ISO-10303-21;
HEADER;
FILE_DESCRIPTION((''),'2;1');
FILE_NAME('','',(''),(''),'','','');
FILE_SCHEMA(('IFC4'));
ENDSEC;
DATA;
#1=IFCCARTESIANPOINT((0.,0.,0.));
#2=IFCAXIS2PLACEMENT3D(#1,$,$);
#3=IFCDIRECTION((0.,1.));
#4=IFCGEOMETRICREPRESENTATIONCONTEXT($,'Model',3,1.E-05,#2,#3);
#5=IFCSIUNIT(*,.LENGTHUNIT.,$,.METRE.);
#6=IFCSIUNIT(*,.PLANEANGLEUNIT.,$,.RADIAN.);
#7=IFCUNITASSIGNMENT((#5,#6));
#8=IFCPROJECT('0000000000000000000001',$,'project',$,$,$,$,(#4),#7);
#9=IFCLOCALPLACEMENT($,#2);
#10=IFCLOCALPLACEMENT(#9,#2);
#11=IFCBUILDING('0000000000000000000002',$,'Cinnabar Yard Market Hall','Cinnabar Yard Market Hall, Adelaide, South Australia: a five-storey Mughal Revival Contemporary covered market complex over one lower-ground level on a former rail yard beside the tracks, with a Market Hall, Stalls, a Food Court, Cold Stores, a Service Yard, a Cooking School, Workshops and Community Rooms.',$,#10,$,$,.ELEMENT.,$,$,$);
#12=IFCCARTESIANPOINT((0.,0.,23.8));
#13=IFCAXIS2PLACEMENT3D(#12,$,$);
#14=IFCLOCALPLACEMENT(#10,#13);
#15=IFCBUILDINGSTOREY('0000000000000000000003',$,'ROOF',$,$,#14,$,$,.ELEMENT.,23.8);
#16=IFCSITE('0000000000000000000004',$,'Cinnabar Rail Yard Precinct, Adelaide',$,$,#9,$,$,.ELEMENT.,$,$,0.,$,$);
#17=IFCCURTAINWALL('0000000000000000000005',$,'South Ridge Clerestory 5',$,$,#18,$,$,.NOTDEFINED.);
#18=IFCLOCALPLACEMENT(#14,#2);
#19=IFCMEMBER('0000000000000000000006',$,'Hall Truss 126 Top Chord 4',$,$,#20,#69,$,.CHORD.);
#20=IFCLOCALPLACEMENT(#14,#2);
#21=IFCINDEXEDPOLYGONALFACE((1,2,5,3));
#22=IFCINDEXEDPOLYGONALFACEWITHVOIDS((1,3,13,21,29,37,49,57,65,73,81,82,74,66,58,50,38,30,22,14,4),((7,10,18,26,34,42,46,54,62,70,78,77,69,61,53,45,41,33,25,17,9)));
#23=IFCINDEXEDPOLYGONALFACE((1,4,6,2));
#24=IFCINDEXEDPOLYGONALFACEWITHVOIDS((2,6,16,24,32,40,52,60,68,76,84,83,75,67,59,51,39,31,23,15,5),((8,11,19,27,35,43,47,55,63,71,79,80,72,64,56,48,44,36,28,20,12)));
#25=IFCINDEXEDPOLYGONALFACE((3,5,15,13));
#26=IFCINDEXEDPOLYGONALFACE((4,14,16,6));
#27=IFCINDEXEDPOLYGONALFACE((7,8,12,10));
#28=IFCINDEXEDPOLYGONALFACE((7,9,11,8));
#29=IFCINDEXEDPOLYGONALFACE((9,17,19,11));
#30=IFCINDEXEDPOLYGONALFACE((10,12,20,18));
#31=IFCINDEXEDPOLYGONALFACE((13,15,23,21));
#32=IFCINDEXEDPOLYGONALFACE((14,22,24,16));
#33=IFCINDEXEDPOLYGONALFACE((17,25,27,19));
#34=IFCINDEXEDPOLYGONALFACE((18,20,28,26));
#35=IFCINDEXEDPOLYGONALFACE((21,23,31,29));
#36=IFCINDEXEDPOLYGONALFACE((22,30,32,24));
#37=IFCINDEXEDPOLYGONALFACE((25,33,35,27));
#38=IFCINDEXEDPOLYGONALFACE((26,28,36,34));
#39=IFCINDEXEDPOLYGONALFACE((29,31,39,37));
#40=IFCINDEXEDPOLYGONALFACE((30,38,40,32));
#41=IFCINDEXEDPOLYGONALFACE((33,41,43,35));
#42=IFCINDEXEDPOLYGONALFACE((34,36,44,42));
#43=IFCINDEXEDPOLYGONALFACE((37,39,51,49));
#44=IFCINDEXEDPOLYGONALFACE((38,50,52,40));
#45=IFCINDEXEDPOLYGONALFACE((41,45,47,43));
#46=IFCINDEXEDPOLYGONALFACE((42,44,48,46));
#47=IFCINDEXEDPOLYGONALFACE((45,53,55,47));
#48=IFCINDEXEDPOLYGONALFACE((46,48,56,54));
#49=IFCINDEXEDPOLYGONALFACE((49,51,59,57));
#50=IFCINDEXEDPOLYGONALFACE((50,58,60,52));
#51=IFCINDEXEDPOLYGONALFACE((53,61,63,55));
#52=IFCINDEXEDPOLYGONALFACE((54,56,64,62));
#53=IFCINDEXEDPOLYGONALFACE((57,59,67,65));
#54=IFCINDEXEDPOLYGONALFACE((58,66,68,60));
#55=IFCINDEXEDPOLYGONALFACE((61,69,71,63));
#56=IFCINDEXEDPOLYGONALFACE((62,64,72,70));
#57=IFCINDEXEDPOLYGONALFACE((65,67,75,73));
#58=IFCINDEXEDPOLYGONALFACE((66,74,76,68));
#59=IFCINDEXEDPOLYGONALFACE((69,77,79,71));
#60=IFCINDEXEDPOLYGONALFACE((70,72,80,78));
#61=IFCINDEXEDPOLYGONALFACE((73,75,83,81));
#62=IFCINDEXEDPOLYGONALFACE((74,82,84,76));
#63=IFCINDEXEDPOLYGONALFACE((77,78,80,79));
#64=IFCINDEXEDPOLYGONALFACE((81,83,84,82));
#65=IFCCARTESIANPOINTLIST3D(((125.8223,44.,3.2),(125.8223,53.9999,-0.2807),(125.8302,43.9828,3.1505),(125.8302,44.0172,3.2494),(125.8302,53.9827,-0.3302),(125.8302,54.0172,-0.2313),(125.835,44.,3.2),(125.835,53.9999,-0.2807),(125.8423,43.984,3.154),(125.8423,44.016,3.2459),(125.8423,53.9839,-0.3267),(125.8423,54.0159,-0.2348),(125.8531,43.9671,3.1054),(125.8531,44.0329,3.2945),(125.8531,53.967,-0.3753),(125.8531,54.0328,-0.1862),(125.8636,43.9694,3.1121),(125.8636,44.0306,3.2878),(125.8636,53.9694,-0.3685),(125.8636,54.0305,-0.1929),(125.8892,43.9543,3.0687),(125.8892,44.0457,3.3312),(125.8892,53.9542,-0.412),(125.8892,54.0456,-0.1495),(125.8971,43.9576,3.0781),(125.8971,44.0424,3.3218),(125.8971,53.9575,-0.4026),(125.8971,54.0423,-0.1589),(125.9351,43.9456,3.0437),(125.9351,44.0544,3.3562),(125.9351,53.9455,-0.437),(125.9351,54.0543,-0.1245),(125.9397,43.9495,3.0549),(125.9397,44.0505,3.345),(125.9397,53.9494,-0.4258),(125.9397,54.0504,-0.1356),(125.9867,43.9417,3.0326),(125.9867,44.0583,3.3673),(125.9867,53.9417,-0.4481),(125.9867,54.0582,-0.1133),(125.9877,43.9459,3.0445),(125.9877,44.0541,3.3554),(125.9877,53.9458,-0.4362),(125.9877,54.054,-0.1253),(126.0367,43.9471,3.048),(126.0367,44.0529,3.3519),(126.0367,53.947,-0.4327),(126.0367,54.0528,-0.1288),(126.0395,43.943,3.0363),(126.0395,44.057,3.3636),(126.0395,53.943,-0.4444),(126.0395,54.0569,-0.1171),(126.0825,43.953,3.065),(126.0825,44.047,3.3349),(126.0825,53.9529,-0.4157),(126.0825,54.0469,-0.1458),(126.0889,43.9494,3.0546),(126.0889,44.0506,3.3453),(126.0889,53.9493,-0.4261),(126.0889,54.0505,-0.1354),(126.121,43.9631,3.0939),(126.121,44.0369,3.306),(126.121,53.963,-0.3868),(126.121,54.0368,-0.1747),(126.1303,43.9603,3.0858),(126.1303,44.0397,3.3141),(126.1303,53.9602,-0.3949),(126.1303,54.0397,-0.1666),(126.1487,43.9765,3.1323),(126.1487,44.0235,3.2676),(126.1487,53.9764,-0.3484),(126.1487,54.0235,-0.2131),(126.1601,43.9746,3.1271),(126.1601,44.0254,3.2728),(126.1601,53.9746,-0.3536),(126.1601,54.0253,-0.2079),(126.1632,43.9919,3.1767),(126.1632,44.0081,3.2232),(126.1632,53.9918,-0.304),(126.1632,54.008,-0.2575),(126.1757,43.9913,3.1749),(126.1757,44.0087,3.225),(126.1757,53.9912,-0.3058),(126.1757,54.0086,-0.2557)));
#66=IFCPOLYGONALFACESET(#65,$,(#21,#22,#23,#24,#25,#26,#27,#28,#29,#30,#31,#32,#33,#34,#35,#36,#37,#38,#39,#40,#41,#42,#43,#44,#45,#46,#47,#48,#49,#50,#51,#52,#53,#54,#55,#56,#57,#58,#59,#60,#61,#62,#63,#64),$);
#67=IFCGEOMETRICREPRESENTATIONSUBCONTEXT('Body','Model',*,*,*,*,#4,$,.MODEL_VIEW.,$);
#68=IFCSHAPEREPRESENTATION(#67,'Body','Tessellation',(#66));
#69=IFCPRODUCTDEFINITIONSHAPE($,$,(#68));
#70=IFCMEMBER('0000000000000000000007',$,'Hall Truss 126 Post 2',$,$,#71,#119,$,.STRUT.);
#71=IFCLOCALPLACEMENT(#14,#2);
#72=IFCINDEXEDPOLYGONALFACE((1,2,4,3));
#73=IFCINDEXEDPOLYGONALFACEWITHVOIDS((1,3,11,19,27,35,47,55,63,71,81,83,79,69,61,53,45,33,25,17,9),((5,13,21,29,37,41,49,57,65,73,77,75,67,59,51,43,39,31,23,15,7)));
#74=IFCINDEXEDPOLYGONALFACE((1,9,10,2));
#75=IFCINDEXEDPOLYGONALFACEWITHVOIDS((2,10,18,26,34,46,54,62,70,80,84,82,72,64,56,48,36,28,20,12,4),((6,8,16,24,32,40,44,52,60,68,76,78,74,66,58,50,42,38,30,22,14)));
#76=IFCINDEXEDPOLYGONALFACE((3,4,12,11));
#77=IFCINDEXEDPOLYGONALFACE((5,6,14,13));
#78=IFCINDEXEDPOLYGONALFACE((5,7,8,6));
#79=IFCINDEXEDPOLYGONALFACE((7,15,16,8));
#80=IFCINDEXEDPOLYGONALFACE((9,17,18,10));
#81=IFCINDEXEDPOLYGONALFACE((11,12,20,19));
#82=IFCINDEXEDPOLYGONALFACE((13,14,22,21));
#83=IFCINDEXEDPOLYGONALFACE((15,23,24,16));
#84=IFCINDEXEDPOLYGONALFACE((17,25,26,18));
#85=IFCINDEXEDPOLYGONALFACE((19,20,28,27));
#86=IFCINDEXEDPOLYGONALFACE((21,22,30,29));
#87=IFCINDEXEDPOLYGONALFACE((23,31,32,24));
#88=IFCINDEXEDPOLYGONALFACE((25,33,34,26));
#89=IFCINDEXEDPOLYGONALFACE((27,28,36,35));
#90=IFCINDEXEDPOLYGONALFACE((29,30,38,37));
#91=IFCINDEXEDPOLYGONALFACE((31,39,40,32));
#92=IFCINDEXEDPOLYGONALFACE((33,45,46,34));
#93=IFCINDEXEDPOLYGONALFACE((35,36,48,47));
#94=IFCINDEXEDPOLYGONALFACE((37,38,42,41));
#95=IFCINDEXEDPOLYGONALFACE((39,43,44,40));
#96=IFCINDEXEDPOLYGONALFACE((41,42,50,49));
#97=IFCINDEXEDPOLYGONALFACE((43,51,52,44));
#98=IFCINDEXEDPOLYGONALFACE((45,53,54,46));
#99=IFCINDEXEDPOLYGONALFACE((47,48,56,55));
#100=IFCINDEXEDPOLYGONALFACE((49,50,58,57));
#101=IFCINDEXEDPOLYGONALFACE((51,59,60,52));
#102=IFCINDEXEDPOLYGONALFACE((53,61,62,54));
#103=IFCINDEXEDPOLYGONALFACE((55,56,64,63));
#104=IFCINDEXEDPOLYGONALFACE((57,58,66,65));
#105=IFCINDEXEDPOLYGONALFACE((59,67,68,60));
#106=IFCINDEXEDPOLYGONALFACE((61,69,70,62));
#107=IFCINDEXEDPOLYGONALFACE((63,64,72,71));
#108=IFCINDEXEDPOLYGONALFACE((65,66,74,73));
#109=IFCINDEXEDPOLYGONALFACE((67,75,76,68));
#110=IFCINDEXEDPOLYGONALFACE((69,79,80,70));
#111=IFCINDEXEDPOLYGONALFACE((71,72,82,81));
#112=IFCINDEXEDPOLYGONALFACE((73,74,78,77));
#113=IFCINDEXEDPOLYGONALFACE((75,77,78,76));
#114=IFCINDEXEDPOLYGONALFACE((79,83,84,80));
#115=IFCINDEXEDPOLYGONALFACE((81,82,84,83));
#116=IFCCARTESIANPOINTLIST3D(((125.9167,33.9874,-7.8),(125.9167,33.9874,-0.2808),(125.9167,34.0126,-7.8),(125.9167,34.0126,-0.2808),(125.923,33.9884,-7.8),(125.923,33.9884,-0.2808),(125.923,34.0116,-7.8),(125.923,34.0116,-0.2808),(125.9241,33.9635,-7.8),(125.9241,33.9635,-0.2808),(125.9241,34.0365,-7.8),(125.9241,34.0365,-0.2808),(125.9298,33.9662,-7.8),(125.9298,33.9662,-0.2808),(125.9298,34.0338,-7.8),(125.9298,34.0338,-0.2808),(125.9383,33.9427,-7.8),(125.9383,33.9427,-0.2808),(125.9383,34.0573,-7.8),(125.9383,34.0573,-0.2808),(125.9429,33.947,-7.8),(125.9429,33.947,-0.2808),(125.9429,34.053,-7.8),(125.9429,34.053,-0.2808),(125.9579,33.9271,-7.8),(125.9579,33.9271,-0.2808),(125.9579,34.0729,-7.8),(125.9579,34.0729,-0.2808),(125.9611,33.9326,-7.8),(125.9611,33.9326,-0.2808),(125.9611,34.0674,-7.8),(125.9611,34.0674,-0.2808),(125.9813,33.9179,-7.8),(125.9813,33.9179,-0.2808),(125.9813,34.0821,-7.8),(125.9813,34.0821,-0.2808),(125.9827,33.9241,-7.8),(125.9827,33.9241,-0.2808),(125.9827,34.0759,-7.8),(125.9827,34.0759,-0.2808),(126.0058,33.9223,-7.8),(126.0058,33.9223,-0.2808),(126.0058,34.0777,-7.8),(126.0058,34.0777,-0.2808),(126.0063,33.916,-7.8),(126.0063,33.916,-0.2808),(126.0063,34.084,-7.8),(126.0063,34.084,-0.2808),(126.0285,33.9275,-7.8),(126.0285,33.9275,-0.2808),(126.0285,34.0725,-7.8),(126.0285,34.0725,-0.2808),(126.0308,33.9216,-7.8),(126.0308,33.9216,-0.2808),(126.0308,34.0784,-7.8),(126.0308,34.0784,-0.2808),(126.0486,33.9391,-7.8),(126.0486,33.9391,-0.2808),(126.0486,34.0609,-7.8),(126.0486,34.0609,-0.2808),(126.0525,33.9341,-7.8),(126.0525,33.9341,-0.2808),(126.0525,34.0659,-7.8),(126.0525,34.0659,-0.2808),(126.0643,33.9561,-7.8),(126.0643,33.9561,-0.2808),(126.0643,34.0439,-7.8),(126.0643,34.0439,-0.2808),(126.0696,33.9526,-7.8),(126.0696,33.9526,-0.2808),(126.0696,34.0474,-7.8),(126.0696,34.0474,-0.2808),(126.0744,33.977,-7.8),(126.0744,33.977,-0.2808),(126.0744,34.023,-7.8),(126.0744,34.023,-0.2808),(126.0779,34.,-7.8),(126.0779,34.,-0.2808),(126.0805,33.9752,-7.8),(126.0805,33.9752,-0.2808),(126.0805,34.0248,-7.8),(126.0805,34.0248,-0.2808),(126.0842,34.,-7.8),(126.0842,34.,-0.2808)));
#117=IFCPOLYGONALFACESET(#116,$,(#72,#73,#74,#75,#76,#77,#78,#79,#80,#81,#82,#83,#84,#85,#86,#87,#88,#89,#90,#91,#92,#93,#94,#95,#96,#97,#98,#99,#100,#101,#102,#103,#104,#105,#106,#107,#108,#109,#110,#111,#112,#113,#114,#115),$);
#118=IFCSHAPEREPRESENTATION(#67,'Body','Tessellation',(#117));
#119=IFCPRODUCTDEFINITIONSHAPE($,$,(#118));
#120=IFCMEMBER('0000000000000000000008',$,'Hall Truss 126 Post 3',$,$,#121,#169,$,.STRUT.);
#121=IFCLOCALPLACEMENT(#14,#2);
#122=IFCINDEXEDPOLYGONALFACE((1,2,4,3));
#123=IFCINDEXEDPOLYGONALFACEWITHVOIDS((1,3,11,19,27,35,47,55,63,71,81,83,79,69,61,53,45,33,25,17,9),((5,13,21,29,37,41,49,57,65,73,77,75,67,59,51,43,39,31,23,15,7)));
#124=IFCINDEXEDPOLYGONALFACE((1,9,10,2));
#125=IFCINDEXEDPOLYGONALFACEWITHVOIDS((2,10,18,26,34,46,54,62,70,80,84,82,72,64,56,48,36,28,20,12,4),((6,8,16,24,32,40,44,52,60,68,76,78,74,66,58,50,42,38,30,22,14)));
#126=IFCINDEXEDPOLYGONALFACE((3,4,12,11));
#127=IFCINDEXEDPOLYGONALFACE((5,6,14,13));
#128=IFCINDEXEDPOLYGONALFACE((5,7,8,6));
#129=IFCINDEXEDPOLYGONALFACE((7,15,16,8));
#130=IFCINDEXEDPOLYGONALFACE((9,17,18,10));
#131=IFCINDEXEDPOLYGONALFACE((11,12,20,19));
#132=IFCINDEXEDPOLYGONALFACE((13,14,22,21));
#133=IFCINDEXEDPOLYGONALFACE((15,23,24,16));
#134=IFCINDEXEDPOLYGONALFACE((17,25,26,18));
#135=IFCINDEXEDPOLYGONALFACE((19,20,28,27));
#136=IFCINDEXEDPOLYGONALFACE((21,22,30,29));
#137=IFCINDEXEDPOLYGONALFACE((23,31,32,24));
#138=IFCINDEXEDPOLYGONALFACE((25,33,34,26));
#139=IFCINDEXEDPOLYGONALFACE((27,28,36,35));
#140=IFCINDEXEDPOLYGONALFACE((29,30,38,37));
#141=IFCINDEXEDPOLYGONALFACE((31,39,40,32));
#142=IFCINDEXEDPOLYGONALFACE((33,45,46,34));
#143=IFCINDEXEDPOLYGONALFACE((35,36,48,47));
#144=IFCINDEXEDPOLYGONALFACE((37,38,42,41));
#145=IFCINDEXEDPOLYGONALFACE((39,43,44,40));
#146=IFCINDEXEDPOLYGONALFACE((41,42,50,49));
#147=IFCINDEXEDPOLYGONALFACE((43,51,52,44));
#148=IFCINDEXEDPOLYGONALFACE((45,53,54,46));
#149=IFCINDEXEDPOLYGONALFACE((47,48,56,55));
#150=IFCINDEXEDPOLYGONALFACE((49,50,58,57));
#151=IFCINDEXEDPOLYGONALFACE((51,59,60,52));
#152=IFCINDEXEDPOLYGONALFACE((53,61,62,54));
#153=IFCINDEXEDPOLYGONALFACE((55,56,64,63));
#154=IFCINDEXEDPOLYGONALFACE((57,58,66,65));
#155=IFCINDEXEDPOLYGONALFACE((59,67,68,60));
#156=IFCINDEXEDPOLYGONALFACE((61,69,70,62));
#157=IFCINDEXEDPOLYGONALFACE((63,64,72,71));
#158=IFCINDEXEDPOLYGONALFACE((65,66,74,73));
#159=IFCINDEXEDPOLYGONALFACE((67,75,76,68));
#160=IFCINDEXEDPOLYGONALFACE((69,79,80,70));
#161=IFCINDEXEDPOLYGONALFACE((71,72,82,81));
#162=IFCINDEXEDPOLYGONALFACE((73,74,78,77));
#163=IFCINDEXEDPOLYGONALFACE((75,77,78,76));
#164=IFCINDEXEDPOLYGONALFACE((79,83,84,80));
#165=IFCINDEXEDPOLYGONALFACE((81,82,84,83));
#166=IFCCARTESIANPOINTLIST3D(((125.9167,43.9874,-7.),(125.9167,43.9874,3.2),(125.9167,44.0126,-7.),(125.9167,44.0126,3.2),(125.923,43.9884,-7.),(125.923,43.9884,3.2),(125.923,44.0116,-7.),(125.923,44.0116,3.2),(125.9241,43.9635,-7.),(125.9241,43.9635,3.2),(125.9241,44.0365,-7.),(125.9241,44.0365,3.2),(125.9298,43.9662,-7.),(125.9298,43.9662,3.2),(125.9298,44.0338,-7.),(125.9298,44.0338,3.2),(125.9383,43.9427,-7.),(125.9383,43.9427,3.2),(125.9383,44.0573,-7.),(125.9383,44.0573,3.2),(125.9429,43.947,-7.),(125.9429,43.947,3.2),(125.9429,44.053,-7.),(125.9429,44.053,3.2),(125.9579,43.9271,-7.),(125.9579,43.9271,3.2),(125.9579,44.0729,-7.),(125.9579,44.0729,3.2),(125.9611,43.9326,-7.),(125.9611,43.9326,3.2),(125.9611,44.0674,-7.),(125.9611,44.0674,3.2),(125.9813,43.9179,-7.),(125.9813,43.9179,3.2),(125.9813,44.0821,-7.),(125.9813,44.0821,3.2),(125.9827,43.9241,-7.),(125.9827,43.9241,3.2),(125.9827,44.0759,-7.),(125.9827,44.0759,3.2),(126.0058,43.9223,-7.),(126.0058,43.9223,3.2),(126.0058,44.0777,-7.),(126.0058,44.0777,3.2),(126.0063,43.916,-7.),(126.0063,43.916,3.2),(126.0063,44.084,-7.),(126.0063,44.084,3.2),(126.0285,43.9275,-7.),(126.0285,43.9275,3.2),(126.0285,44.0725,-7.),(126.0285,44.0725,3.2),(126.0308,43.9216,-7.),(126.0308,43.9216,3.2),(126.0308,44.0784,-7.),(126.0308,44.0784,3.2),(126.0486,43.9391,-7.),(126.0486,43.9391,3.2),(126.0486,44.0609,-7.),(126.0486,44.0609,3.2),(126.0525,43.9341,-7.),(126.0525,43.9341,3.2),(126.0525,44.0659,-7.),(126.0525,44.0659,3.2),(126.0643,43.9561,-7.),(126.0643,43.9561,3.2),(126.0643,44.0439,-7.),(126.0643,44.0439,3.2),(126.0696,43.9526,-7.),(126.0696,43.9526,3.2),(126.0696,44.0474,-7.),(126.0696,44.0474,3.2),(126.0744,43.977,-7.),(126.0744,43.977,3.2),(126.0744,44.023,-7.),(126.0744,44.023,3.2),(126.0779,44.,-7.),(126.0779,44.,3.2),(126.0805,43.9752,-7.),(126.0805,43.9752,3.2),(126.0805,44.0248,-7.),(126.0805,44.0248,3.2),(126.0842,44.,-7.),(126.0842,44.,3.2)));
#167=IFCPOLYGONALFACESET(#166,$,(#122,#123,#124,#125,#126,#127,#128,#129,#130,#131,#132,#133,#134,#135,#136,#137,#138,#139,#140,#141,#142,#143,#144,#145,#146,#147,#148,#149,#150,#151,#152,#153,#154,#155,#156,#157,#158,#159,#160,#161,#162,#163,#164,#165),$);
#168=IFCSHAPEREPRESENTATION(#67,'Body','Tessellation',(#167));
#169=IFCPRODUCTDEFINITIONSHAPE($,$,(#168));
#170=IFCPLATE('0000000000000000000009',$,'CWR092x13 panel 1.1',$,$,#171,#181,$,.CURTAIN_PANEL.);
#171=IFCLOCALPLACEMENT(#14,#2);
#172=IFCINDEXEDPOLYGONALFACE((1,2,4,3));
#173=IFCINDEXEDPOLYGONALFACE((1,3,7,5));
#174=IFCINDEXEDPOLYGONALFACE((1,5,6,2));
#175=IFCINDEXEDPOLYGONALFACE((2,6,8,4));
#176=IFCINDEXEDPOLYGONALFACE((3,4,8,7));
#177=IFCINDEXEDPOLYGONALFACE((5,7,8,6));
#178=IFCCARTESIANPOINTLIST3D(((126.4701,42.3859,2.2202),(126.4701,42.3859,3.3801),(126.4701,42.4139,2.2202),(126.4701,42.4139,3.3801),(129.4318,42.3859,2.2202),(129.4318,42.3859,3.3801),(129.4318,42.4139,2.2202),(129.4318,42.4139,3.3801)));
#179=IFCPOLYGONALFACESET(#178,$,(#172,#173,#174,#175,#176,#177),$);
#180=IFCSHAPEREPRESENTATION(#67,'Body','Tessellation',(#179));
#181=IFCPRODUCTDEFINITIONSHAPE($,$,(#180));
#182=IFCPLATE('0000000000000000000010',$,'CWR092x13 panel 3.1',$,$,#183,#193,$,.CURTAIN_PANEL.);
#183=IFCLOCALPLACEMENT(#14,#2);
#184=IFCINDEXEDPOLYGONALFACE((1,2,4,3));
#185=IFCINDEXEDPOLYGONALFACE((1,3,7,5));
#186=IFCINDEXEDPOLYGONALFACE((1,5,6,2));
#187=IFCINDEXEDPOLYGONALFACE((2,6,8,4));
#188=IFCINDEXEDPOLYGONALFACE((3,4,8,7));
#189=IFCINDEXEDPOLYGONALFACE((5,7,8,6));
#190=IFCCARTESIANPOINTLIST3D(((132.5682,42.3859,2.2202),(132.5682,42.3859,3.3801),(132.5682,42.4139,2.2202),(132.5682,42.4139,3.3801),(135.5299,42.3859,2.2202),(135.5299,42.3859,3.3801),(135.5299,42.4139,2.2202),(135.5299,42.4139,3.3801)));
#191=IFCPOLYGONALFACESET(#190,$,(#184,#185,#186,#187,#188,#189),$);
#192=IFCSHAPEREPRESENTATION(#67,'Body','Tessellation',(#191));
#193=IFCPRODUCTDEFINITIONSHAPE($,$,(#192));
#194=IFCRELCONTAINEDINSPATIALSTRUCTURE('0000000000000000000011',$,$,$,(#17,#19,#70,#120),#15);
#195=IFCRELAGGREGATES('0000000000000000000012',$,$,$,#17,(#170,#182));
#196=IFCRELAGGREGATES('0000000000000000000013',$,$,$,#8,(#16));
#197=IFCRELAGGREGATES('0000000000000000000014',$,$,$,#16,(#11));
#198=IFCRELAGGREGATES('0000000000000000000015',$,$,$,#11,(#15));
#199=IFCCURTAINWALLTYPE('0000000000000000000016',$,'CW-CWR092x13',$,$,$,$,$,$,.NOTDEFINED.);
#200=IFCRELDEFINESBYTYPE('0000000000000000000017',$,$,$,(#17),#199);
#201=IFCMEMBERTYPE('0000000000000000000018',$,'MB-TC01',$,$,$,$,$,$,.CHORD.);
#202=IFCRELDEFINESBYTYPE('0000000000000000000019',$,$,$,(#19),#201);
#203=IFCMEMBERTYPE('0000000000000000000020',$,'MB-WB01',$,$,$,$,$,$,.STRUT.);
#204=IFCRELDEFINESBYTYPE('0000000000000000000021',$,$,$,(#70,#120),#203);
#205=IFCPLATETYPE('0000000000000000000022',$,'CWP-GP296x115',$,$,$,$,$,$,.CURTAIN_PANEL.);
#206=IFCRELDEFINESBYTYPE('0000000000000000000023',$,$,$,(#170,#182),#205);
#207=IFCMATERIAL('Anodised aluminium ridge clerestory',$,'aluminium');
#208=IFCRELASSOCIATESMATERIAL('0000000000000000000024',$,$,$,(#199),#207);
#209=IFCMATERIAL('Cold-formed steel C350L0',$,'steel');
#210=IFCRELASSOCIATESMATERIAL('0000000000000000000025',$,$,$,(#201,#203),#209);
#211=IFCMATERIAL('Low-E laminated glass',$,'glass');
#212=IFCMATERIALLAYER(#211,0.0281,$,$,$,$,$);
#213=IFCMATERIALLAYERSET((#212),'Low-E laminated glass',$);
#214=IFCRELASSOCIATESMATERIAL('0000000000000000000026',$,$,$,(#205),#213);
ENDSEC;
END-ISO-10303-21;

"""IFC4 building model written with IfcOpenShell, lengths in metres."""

from ifc_helpers import new_model, si_unit, direction, frame, origin, origin_2d_with_axis, place, context, subcontext, project, spatial, rectangle, hollow_circle, extrude, material, layer, layer_set, material_profile, profile_set, type_object, element, aggregate, save


model = new_model("IFC4")

# Units and contexts
model_context = context("Model", 3, precision=1e-05, world=origin(), true_north=direction((0.0, 1.0)))
body_context = subcontext(model_context, "Body", "Model", "MODEL_VIEW")
ifc_project = project(units=[si_unit("LENGTHUNIT", "METRE"), si_unit("PLANEANGLEUNIT", "RADIAN")], contexts=[model_context])

# Site, building, storey
site_placement = place(None, origin())
site = spatial("IfcSite", under=ifc_project, at=site_placement, Name="Cinnabar Rail Yard Precinct, Adelaide", CompositionType="ELEMENT", RefElevation=0.0)
building_placement = place(site_placement, origin())
building = spatial("IfcBuilding", under=site, at=building_placement, Name="Cinnabar Yard Market Hall", Description="Cinnabar Yard Market Hall, Adelaide, South Australia: a five-storey Mughal Revival Contemporary covered market complex over one lower-ground level on a former rail yard beside the tracks, with a Market Hall, Stalls, a Food Court, Cold Stores, a Service Yard, a Cooking School, Workshops and Community Rooms.", CompositionType="ELEMENT")
storey_placement = place(building_placement, frame((0.0, 0.0, 23.8)))
storey = spatial("IfcBuildingStorey", under=building, at=storey_placement, Name="ROOF", CompositionType="ELEMENT", Elevation=23.8)

# Curtain wall
ifc_material_1 = material(Name="Anodised aluminium ridge clerestory", Category="aluminium")
curtain_wall_type = type_object("IfcCurtainWallType", Name="CW-CWR092x13", PredefinedType="NOTDEFINED", material=ifc_material_1)
curtain_wall_placement = place(storey_placement, origin())
curtain_wall = element("IfcCurtainWall", 1, at=curtain_wall_placement, inside=storey, type_object=curtain_wall_type, Name="South Ridge Clerestory 5", PredefinedType="NOTDEFINED")

# Members
ifc_material_2 = material(Name="Cold-formed steel C350L0", Category="steel")
ifc_material_profile_1 = material_profile(ifc_material_2, hollow_circle(Radius=0.1777, WallThickness=0.0127, at=origin_2d_with_axis()), Name="355.6x12.7CHS")
ifc_profile_set_1 = profile_set([ifc_material_profile_1], Name="Cold-formed steel C350L0")
member_type_1 = type_object("IfcMemberType", Name="MB-TC01", PredefinedType="CHORD", material=ifc_profile_set_1)
member_1_placement = place(storey_placement, frame((126.0, 44.0, 3.2), z_axis=(0.0, 0.944425, -0.328727), x_axis=(-1.0, 0.0, 0.0)))
element("IfcMember", 2, at=member_1_placement, inside=storey, type_object=member_type_1, Name="Hall Truss 126 Top Chord 4", PredefinedType="CHORD", context=body_context, shape_type="SweptSolid", body=[
    extrude(hollow_circle(Radius=0.1777, WallThickness=0.0127, at=origin_2d_with_axis()), origin(), (0.0, 0.0, 1.0), 10.5884),
])
ifc_material_profile_2 = material_profile(ifc_material_2, hollow_circle(Radius=0.0842, WallThickness=0.0063, at=origin_2d_with_axis()), Name="168.3x6.4CHS")
ifc_profile_set_2 = profile_set([ifc_material_profile_2], Name="Cold-formed steel C350L0")
member_type_2 = type_object("IfcMemberType", Name="MB-WB01", PredefinedType="STRUT", material=ifc_profile_set_2)
member_2_placement = place(storey_placement, frame((126.0, 34.0, -7.8), z_axis=(0.0, 0.0, 1.0), x_axis=(1.0, 0.0, 0.0)))
element("IfcMember", 3, at=member_2_placement, inside=storey, type_object=member_type_2, Name="Hall Truss 126 Post 2", PredefinedType="STRUT", context=body_context, shape_type="SweptSolid", body=[
    extrude(hollow_circle(Radius=0.0842, WallThickness=0.0063, at=origin_2d_with_axis()), origin(), (0.0, 0.0, 1.0), 7.5193),
])
member_3_placement = place(storey_placement, frame((126.0, 44.0, -7.0), z_axis=(0.0, 0.0, 1.0), x_axis=(1.0, 0.0, 0.0)))
element("IfcMember", 4, at=member_3_placement, inside=storey, type_object=member_type_2, Name="Hall Truss 126 Post 3", PredefinedType="STRUT", context=body_context, shape_type="SweptSolid", body=[
    extrude(hollow_circle(Radius=0.0842, WallThickness=0.0063, at=origin_2d_with_axis()), origin(), (0.0, 0.0, 1.0), 10.2),
])

# Plates
ifc_material_3 = material(Name="Low-E laminated glass", Category="glass")
ifc_layer_1 = layer(ifc_material_3, 0.0281)
ifc_layer_set_1 = layer_set([ifc_layer_1], Name="Low-E laminated glass")
plate_type_1 = type_object("IfcPlateType", Name="CWP-GP296x115", PredefinedType="CURTAIN_PANEL", material=ifc_layer_set_1)
plate_1_placement = place(storey_placement, frame((127.9509, 42.3999, 2.2202), z_axis=(0.0, 0.0, 1.0), x_axis=(1.0, 0.0, 0.0)))
plate_1 = element("IfcPlate", 5, at=plate_1_placement, type_object=plate_type_1, Name="CWR092x13 panel 1.1", PredefinedType="CURTAIN_PANEL", context=body_context, shape_type="SweptSolid", body=[
    extrude(rectangle(XDim=2.9617, YDim=0.0281, at=origin_2d_with_axis()), origin(), (0.0, 0.0, 1.0), 1.1599),
])
plate_2_placement = place(storey_placement, frame((134.0491, 42.3999, 2.2202), z_axis=(0.0, 0.0, 1.0), x_axis=(1.0, 0.0, 0.0)))
plate_2 = element("IfcPlate", 6, at=plate_2_placement, type_object=plate_type_1, Name="CWR092x13 panel 3.1", PredefinedType="CURTAIN_PANEL", context=body_context, shape_type="SweptSolid", body=[
    extrude(rectangle(XDim=2.9617, YDim=0.0281, at=origin_2d_with_axis()), origin(), (0.0, 0.0, 1.0), 1.1599),
])
aggregate(curtain_wall, [plate_1, plate_2])

save(model, "model.ifc")
